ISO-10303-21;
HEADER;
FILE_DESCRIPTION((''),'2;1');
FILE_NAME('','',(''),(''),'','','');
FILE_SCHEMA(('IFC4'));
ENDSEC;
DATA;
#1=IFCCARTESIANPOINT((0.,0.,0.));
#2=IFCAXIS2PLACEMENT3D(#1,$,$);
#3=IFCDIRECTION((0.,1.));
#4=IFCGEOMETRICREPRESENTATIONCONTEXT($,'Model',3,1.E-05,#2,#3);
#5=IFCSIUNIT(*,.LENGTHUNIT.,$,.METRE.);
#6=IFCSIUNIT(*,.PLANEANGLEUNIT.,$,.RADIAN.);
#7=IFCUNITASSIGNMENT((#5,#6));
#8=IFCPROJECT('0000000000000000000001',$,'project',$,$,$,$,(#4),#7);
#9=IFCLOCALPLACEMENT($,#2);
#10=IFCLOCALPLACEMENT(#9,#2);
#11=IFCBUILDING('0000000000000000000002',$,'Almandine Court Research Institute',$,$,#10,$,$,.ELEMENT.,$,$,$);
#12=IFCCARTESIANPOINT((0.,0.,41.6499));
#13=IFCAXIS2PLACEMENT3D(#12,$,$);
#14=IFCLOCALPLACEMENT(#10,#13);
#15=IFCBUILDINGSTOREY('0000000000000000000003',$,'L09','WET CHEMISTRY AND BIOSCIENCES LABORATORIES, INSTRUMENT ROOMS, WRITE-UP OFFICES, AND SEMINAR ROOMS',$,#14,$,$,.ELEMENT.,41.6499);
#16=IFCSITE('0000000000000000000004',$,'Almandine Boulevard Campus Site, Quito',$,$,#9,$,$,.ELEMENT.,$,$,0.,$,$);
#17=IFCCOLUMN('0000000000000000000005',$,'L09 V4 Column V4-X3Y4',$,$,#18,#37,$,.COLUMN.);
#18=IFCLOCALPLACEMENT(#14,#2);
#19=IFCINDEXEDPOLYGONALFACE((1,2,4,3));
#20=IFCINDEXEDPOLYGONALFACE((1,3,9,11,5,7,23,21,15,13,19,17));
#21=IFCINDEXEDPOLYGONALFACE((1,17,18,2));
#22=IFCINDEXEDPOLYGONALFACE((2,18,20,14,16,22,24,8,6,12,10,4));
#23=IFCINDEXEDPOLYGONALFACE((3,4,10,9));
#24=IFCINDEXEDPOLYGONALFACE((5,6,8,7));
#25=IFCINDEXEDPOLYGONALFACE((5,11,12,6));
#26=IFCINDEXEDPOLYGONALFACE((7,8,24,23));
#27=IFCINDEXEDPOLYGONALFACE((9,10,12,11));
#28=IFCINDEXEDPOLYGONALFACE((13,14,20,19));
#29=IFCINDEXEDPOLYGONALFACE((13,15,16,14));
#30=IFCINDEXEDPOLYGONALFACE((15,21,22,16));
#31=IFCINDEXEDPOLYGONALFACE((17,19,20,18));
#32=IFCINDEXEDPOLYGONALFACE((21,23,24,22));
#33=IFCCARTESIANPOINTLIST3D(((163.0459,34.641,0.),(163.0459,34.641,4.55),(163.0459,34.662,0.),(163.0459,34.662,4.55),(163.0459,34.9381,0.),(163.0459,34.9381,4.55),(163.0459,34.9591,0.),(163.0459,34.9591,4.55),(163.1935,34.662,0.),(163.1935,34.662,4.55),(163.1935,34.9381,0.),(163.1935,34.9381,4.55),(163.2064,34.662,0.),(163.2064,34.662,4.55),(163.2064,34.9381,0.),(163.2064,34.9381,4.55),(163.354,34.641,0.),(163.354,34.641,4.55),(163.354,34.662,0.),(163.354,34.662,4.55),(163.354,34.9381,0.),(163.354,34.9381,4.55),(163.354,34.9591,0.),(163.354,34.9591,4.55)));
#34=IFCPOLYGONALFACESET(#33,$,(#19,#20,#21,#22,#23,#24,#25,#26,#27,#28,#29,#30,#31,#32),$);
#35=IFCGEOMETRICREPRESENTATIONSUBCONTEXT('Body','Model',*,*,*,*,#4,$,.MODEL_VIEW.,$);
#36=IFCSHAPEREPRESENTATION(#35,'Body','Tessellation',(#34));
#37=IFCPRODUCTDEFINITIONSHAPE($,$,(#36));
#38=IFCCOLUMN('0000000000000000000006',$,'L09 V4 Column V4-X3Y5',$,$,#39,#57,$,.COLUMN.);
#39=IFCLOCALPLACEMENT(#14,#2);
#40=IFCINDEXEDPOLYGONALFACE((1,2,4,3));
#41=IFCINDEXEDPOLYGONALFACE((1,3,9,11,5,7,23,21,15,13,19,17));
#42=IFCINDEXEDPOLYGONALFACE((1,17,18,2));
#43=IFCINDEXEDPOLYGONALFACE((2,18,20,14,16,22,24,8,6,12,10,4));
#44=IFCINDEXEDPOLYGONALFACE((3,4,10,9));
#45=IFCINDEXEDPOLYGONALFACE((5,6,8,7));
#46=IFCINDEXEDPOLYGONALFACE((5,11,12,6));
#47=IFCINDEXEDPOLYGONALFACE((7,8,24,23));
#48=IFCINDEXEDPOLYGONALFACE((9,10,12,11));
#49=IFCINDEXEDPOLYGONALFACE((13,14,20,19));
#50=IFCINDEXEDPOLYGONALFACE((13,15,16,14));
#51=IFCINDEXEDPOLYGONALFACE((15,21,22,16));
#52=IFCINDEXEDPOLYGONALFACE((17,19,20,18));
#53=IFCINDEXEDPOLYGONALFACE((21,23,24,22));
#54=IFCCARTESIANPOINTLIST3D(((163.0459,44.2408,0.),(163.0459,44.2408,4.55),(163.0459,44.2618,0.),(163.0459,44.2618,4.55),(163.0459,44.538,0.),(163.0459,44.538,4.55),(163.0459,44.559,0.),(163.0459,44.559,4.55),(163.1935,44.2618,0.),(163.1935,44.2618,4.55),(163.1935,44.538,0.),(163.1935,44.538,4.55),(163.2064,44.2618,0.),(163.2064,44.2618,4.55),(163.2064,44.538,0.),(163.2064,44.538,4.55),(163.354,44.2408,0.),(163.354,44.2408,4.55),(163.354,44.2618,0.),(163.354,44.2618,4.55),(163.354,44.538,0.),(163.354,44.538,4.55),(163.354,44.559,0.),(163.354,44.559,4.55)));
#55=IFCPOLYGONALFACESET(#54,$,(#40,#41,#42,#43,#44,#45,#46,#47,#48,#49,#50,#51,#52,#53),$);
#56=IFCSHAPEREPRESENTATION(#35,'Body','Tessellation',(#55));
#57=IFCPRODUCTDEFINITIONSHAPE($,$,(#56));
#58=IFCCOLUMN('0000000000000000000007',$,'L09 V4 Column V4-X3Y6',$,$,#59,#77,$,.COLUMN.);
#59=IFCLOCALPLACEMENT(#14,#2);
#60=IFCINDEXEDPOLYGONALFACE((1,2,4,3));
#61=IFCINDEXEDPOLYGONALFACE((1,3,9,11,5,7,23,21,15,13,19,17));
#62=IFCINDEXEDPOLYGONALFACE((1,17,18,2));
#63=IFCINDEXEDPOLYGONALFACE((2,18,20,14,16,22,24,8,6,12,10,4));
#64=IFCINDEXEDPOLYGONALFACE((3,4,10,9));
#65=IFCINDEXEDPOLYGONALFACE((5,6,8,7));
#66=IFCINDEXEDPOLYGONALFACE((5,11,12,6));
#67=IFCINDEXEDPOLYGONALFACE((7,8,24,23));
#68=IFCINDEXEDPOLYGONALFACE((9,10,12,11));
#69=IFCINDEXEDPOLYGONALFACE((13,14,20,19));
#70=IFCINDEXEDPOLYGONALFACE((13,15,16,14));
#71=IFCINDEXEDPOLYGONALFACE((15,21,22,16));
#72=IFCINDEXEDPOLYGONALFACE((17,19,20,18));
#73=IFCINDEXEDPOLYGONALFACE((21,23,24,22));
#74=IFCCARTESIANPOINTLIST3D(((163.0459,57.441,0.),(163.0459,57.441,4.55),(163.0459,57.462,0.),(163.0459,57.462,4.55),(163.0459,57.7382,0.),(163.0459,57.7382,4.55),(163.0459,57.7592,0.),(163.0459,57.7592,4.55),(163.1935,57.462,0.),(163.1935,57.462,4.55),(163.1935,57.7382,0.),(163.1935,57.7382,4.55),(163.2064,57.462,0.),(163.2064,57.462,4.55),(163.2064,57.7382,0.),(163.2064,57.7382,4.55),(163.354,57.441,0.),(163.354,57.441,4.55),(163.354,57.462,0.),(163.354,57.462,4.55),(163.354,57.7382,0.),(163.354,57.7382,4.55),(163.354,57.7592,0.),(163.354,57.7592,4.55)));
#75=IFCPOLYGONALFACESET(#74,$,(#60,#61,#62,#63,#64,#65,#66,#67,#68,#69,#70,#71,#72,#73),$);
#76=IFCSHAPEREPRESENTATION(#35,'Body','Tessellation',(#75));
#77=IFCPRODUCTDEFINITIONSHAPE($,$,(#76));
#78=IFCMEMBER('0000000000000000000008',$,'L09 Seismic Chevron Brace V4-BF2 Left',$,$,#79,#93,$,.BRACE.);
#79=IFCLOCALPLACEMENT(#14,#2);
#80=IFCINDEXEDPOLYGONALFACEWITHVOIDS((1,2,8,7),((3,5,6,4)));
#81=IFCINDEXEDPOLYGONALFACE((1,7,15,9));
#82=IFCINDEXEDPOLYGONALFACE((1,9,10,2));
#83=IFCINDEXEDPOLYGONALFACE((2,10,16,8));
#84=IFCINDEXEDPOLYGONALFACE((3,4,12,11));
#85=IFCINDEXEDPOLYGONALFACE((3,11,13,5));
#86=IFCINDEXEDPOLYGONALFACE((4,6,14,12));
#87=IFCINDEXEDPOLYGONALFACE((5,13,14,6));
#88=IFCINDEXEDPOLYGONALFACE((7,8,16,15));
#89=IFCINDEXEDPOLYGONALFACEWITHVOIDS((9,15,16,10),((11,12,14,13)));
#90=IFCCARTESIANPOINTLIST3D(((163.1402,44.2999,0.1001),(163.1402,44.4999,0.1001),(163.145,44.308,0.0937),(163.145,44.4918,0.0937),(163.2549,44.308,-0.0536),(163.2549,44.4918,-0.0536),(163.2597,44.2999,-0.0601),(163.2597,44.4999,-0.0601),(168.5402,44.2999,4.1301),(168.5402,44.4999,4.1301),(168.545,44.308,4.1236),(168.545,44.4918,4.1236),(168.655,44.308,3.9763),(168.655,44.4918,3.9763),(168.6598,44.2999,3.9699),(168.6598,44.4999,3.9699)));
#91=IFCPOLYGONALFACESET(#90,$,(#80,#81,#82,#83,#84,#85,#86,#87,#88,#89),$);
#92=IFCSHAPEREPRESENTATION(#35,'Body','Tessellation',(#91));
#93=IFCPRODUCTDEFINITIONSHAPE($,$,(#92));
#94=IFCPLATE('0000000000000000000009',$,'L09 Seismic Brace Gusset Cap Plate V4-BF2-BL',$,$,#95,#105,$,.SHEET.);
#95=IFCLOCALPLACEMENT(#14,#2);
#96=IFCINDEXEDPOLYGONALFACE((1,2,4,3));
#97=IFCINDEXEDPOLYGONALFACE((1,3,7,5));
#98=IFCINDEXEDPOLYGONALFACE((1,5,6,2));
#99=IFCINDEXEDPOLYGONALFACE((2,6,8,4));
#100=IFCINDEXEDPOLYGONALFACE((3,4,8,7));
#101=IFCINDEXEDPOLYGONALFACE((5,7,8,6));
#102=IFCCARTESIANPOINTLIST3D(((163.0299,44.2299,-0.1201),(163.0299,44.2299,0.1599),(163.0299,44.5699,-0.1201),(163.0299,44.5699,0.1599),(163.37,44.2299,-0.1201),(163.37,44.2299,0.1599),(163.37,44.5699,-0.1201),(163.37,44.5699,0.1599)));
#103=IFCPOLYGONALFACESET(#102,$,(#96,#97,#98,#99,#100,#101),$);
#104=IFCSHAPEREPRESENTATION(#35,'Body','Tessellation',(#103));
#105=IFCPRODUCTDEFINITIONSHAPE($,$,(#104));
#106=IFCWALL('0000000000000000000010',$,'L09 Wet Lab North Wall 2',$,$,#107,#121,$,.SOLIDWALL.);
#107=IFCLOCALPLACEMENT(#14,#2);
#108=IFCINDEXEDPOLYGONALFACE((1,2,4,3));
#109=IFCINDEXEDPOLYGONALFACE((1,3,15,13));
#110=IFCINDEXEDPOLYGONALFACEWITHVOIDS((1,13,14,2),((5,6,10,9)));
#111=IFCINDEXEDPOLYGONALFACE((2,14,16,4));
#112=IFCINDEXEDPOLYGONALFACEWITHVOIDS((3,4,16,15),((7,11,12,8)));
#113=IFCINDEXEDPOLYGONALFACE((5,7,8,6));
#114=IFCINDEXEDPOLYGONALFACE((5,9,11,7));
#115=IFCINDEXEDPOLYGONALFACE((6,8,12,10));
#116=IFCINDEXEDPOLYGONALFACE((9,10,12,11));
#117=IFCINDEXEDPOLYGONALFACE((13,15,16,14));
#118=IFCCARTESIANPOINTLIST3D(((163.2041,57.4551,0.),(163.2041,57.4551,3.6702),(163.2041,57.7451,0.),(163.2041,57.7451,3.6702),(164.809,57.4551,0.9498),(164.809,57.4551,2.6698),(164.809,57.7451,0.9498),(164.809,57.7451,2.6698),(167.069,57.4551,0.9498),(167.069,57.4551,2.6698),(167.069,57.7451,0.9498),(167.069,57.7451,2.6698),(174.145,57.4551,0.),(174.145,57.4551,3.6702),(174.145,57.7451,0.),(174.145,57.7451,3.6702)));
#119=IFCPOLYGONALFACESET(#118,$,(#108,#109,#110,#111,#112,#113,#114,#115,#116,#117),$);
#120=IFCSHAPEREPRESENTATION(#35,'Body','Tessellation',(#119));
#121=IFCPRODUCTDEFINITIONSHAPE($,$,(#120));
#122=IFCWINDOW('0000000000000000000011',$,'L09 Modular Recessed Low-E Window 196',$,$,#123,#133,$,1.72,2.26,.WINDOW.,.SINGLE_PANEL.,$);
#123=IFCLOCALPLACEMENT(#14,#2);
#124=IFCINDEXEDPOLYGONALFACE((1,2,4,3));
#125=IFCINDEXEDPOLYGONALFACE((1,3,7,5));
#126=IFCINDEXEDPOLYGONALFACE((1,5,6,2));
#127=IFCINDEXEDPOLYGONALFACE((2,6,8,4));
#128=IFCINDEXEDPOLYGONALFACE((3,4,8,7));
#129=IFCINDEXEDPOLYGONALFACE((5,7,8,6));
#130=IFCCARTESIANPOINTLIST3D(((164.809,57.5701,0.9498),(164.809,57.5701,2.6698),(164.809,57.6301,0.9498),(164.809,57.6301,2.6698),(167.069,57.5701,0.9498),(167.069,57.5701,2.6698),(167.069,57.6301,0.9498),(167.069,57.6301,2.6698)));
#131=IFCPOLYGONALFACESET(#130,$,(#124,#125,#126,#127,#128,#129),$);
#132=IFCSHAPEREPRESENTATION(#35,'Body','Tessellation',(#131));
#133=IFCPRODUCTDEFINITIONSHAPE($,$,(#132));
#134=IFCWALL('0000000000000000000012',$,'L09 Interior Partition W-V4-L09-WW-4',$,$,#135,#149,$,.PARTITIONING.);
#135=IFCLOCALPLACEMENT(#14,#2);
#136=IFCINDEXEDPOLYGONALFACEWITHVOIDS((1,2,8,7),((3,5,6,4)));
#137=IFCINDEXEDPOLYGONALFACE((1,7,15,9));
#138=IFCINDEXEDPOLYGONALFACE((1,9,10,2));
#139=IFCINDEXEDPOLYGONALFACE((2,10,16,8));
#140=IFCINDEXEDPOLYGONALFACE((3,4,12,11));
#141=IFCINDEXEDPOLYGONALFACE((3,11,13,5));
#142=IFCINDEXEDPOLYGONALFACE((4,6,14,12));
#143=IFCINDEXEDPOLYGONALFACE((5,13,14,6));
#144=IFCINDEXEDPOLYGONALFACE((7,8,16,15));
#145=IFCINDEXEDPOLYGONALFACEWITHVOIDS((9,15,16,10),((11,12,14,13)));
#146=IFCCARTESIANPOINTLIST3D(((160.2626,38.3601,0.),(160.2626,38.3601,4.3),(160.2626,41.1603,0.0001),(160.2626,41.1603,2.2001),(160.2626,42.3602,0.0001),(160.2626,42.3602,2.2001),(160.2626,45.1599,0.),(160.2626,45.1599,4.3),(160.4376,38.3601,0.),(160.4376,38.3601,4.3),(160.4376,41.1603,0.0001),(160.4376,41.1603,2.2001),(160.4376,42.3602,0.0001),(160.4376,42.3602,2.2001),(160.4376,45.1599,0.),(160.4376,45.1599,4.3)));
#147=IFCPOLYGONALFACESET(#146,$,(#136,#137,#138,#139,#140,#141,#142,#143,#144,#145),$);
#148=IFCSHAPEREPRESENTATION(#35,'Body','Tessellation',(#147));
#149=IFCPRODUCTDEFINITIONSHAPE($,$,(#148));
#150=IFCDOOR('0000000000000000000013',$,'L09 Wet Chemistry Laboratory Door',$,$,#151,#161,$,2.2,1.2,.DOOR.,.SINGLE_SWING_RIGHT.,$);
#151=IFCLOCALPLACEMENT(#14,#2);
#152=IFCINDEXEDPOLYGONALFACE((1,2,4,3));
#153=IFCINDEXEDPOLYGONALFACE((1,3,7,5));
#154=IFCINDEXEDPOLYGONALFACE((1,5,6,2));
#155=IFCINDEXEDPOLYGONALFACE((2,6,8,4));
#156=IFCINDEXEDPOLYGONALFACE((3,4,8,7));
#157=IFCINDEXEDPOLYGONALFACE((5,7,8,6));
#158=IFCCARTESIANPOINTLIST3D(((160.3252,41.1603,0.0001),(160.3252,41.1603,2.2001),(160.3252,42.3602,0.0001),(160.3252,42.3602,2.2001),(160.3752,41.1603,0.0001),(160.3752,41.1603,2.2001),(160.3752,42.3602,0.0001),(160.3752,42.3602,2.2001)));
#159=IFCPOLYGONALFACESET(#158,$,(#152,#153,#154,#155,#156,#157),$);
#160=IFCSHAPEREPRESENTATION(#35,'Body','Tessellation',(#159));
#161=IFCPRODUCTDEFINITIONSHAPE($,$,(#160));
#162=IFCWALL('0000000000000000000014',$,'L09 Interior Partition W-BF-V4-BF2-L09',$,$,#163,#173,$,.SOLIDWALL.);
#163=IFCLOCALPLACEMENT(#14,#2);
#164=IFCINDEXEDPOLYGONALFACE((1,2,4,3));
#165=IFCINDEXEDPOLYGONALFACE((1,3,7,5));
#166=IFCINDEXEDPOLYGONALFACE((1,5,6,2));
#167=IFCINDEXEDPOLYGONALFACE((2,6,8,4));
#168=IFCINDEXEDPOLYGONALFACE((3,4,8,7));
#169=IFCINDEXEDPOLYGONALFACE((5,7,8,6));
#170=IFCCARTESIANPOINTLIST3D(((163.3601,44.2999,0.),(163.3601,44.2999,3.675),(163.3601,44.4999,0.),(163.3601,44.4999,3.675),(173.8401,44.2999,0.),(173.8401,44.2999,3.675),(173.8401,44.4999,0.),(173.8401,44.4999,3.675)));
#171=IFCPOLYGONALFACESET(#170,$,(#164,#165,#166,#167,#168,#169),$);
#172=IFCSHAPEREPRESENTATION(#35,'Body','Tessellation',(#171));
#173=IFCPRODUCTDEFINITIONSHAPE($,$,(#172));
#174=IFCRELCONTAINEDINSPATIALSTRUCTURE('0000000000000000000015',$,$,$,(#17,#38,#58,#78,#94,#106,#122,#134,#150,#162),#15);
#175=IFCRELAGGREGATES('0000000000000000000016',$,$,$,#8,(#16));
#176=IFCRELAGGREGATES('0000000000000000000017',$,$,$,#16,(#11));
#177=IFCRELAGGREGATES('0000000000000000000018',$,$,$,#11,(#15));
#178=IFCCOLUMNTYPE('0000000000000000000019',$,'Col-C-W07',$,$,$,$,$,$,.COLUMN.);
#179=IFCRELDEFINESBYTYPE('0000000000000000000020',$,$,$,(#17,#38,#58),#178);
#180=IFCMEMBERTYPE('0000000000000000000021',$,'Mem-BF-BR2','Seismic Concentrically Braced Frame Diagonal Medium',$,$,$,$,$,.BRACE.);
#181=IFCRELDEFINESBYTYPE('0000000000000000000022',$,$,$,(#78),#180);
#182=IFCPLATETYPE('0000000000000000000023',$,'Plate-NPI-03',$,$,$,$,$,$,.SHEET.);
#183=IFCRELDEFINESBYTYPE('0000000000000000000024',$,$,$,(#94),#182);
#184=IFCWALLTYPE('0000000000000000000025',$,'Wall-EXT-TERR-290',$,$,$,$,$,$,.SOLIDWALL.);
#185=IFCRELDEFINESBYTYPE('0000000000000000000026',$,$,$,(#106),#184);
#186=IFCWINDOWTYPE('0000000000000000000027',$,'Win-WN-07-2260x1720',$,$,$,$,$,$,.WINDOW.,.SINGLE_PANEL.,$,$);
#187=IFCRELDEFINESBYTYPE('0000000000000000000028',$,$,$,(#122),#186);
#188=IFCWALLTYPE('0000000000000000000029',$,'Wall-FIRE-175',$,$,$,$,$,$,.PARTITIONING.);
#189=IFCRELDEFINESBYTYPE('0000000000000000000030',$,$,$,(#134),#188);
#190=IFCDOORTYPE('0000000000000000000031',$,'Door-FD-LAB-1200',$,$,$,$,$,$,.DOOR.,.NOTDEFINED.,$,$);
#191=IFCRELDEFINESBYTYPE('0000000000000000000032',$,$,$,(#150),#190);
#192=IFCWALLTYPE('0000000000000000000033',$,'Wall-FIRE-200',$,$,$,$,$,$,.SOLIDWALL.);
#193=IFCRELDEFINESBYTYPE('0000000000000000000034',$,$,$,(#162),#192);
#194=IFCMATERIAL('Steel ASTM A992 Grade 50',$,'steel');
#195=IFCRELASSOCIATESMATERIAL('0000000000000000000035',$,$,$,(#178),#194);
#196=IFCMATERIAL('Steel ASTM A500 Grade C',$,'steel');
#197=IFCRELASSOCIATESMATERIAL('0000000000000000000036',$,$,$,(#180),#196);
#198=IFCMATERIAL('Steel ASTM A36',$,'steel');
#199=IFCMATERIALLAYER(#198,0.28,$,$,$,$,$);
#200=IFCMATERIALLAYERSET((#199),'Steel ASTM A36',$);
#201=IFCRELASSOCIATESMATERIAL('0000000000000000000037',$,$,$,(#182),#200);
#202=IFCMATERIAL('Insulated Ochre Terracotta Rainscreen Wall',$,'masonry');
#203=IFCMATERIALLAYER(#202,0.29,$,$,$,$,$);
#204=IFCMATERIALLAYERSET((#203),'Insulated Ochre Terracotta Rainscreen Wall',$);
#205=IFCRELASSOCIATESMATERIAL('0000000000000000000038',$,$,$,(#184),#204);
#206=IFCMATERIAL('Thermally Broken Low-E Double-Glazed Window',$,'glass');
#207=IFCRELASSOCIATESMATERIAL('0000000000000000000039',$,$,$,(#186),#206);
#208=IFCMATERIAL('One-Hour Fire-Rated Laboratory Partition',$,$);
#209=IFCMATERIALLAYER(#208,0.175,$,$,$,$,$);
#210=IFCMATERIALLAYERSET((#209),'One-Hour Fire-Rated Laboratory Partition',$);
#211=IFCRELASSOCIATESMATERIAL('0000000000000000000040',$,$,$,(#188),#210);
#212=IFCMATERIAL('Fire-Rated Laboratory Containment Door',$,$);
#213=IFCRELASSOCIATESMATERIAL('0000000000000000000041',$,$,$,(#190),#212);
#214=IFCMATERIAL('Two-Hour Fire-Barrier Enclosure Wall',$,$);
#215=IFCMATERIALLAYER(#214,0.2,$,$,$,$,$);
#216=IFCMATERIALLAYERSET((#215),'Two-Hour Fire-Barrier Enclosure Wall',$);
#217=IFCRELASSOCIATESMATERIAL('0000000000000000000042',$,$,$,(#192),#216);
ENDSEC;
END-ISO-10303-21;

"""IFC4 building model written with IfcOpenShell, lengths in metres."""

from ifc_helpers import new_model, si_unit, direction, frame, frame_2d, origin, origin_2d, place, context, subcontext, project, spatial, rectangle, hollow_rectangle, i_section, extrude, material, layer, layer_set, material_profile, profile_set, type_object, element, fill, save


model = new_model("IFC4")

# Units and contexts
model_context = context("Model", 3, precision=1e-05, world=origin(), true_north=direction((0.0, 1.0)))
body_context = subcontext(model_context, "Body", "Model", "MODEL_VIEW")
ifc_project = project(units=[si_unit("LENGTHUNIT", "METRE"), si_unit("PLANEANGLEUNIT", "RADIAN")], contexts=[model_context])

# Site, building, storey
site_placement = place(None, origin())
site = spatial("IfcSite", under=ifc_project, at=site_placement, Name="Almandine Boulevard Campus Site, Quito", CompositionType="ELEMENT", RefElevation=0.0)
building_placement = place(site_placement, origin())
building = spatial("IfcBuilding", under=site, at=building_placement, Name="Almandine Court Research Institute", CompositionType="ELEMENT")
storey_placement = place(building_placement, frame((0.0, 0.0, 41.6499)))
storey = spatial("IfcBuildingStorey", under=building, at=storey_placement, Name="L09", Description="WET CHEMISTRY AND BIOSCIENCES LABORATORIES, INSTRUMENT ROOMS, WRITE-UP OFFICES, AND SEMINAR ROOMS", CompositionType="ELEMENT", Elevation=41.6499)

# Columns
ifc_material_1 = material(Name="Steel ASTM A992 Grade 50", Category="steel")
ifc_material_profile_1 = material_profile(ifc_material_1, i_section(OverallWidth=0.3081, OverallDepth=0.3181, WebThickness=0.0129, FlangeThickness=0.021, at=origin_2d()), Name="W310x129")
ifc_profile_set_1 = profile_set([ifc_material_profile_1], Name="Steel ASTM A992 Grade 50")
column_type = type_object("IfcColumnType", Name="Col-C-W07", PredefinedType="COLUMN", material=ifc_profile_set_1)
for number, where, z_axis, x_axis, name in (
    (1, (163.2, 34.8, 0.0), (0.0, 0.0, 1.0), (1.0, 0.0, 0.0), "L09 V4 Column V4-X3Y4"),
    (2, (163.2, 44.3999, 0.0), (0.0, 0.0, 1.0), (1.0, 0.0, 0.0), "L09 V4 Column V4-X3Y5"),
    (3, (163.2, 57.6001, 0.0), (0.0, 0.0, 1.0), (1.0, 0.0, 0.0), "L09 V4 Column V4-X3Y6"),
):
    element("IfcColumn", number, at=place(storey_placement, frame(where, z_axis=z_axis, x_axis=x_axis)), inside=storey, type_object=column_type, Name=name, PredefinedType="COLUMN", context=body_context, shape_type="SweptSolid", body=[
        extrude(i_section(OverallWidth=0.3081, OverallDepth=0.3181, WebThickness=0.0129, FlangeThickness=0.021, at=origin_2d()), origin(), (0.0, 0.0, 1.0), 4.55),
    ])

# Member
ifc_material_2 = material(Name="Steel ASTM A500 Grade C", Category="steel")
ifc_material_profile_2 = material_profile(ifc_material_2, hollow_rectangle(XDim=0.2, YDim=0.2, WallThickness=0.0081, at=origin_2d()), Name="HSS 200x200x8")
ifc_profile_set_2 = profile_set([ifc_material_profile_2], Name="Steel ASTM A500 Grade C")
member_type = type_object("IfcMemberType", Name="Mem-BF-BR2", Description="Seismic Concentrically Braced Frame Diagonal Medium", PredefinedType="BRACE", material=ifc_profile_set_2)
member_placement = place(storey_placement, frame((163.2, 44.3999, 0.02), z_axis=(0.801428, 0.0, 0.598091), x_axis=(0.0, 1.0, 0.0)))
element("IfcMember", 4, at=member_placement, inside=storey, type_object=member_type, Name="L09 Seismic Chevron Brace V4-BF2 Left", PredefinedType="BRACE", context=body_context, shape_type="SweptSolid", body=[
    extrude(hollow_rectangle(XDim=0.2, YDim=0.2, WallThickness=0.0081, at=origin_2d()), origin(), (0.0, 0.0, 1.0), 6.738),
])

# Plate
ifc_material_3 = material(Name="Steel ASTM A36", Category="steel")
ifc_layer_1 = layer(ifc_material_3, 0.28)
ifc_layer_set_1 = layer_set([ifc_layer_1], Name="Steel ASTM A36")
plate_type = type_object("IfcPlateType", Name="Plate-NPI-03", PredefinedType="SHEET", material=ifc_layer_set_1)
plate_placement = place(storey_placement, frame((163.2, 44.3999, -0.1201), z_axis=(0.0, 0.0, 1.0), x_axis=(1.0, 0.0, 0.0)))
element("IfcPlate", 5, at=plate_placement, inside=storey, type_object=plate_type, Name="L09 Seismic Brace Gusset Cap Plate V4-BF2-BL", PredefinedType="SHEET", context=body_context, shape_type="SweptSolid", body=[
    extrude(rectangle(XDim=0.3401, YDim=0.3401, at=origin_2d()), origin(), (0.0, 0.0, 1.0), 0.28),
])

# Wall, opening, window
ifc_material_4 = material(Name="Insulated Ochre Terracotta Rainscreen Wall", Category="masonry")
ifc_layer_2 = layer(ifc_material_4, 0.29)
ifc_layer_set_2 = layer_set([ifc_layer_2], Name="Insulated Ochre Terracotta Rainscreen Wall")
wall_type_1 = type_object("IfcWallType", Name="Wall-EXT-TERR-290", PredefinedType="SOLIDWALL", material=ifc_layer_set_2)
wall_1_placement = place(storey_placement, frame((163.2041, 57.6001, 0.0), z_axis=(0.0, 0.0, 1.0), x_axis=(1.0, 0.0, 0.0)))
wall_1 = element("IfcWall", 6, at=wall_1_placement, inside=storey, type_object=wall_type_1, Name="L09 Wet Lab North Wall 2", PredefinedType="SOLIDWALL", context=body_context, shape_type="SweptSolid", body=[
    extrude(rectangle(XDim=10.9409, YDim=0.29, at=frame_2d((5.4705, 0.0))), origin(), (0.0, 0.0, 1.0), 3.6702),
])
opening_1_placement = place(wall_1_placement, frame((1.605, 0.0, 0.95)))
opening_1 = element("IfcOpeningElement", 7, at=opening_1_placement, cuts=wall_1, PredefinedType="OPENING", context=body_context, shape_type="SweptSolid", body=[
    extrude(rectangle(XDim=2.26, YDim=1.72, at=frame_2d((1.1299, 0.8599))), frame((0.0, 0.155, 0.0), z_axis=(0.0, -1.0, 0.0), x_axis=(1.0, 0.0, 0.0)), (0.0, 0.0, 1.0), 0.3101),
])
ifc_material_5 = material(Name="Thermally Broken Low-E Double-Glazed Window", Category="glass")
window_type = type_object("IfcWindowType", Name="Win-WN-07-2260x1720", PartitioningType="SINGLE_PANEL", PredefinedType="WINDOW", material=ifc_material_5)
window_placement = place(opening_1_placement, origin())
window = element("IfcWindow", 8, at=window_placement, inside=storey, type_object=window_type, Name="L09 Modular Recessed Low-E Window 196", OverallHeight=1.72, OverallWidth=2.26, PartitioningType="SINGLE_PANEL", PredefinedType="WINDOW", context=body_context, shape_type="SweptSolid", body=[
    extrude(rectangle(XDim=2.26, YDim=1.72, at=frame_2d((1.1299, 0.8599))), frame((0.0, 0.03, 0.0), z_axis=(0.0, -1.0, 0.0), x_axis=(1.0, 0.0, 0.0)), (0.0, 0.0, 1.0), 0.0601),
])
fill(opening_1, window)

# Wall, opening, door
ifc_material_6 = material(Name="One-Hour Fire-Rated Laboratory Partition")
ifc_layer_3 = layer(ifc_material_6, 0.175)
ifc_layer_set_3 = layer_set([ifc_layer_3], Name="One-Hour Fire-Rated Laboratory Partition")
wall_type_2 = type_object("IfcWallType", Name="Wall-FIRE-175", PredefinedType="PARTITIONING", material=ifc_layer_set_3)
wall_2_placement = place(storey_placement, frame((160.3501, 38.3601, 0.0), z_axis=(0.0, 0.0, 1.0), x_axis=(0.0, 1.0, 0.0)))
wall_2 = element("IfcWall", 9, at=wall_2_placement, inside=storey, type_object=wall_type_2, Name="L09 Interior Partition W-V4-L09-WW-4", PredefinedType="PARTITIONING", context=body_context, shape_type="SweptSolid", body=[
    extrude(rectangle(XDim=6.7998, YDim=0.175, at=frame_2d((3.3999, 0.0))), origin(), (0.0, 0.0, 1.0), 4.3),
])
opening_2_placement = place(wall_2_placement, frame((2.8, 0.0, 0.0)))
opening_2 = element("IfcOpeningElement", 10, at=opening_2_placement, cuts=wall_2, PredefinedType="OPENING", context=body_context, shape_type="SweptSolid", body=[
    extrude(rectangle(XDim=1.2, YDim=2.2, at=frame_2d((0.6001, 1.1001))), frame((0.0, 0.0974, 0.0), z_axis=(0.0, -1.0, 0.0), x_axis=(1.0, 0.0, 0.0)), (0.0, 0.0, 1.0), 0.1951),
])
ifc_material_7 = material(Name="Fire-Rated Laboratory Containment Door")
door_type_1 = type_object("IfcDoorType", Name="Door-FD-LAB-1200", OperationType="NOTDEFINED", PredefinedType="DOOR", material=ifc_material_7)
door_1_placement = place(opening_2_placement, origin())
door_1 = element("IfcDoor", 11, at=door_1_placement, inside=storey, type_object=door_type_1, Name="L09 Wet Chemistry Laboratory Door", OperationType="SINGLE_SWING_RIGHT", OverallHeight=2.2, OverallWidth=1.2, PredefinedType="DOOR", context=body_context, shape_type="SweptSolid", body=[
    extrude(rectangle(XDim=1.2, YDim=2.2, at=frame_2d((0.6001, 1.1001))), frame((0.0, 0.0249, 0.0), z_axis=(0.0, -1.0, 0.0), x_axis=(1.0, 0.0, 0.0)), (0.0, 0.0, 1.0), 0.05),
])
fill(opening_2, door_1)

# Wall
ifc_material_8 = material(Name="Two-Hour Fire-Barrier Enclosure Wall")
ifc_layer_4 = layer(ifc_material_8, 0.2)
ifc_layer_set_4 = layer_set([ifc_layer_4], Name="Two-Hour Fire-Barrier Enclosure Wall")
wall_type_3 = type_object("IfcWallType", Name="Wall-FIRE-200", PredefinedType="SOLIDWALL", material=ifc_layer_set_4)
wall_3_placement = place(storey_placement, frame((163.3601, 44.3999, 0.0), z_axis=(0.0, 0.0, 1.0), x_axis=(1.0, 0.0, 0.0)))
element("IfcWall", 12, at=wall_3_placement, inside=storey, type_object=wall_type_3, Name="L09 Interior Partition W-BF-V4-BF2-L09", PredefinedType="SOLIDWALL", context=body_context, shape_type="SweptSolid", body=[
    extrude(rectangle(XDim=10.48, YDim=0.2, at=frame_2d((5.24, 0.0))), origin(), (0.0, 0.0, 1.0), 3.675),
])

save(model, "model.ifc")
